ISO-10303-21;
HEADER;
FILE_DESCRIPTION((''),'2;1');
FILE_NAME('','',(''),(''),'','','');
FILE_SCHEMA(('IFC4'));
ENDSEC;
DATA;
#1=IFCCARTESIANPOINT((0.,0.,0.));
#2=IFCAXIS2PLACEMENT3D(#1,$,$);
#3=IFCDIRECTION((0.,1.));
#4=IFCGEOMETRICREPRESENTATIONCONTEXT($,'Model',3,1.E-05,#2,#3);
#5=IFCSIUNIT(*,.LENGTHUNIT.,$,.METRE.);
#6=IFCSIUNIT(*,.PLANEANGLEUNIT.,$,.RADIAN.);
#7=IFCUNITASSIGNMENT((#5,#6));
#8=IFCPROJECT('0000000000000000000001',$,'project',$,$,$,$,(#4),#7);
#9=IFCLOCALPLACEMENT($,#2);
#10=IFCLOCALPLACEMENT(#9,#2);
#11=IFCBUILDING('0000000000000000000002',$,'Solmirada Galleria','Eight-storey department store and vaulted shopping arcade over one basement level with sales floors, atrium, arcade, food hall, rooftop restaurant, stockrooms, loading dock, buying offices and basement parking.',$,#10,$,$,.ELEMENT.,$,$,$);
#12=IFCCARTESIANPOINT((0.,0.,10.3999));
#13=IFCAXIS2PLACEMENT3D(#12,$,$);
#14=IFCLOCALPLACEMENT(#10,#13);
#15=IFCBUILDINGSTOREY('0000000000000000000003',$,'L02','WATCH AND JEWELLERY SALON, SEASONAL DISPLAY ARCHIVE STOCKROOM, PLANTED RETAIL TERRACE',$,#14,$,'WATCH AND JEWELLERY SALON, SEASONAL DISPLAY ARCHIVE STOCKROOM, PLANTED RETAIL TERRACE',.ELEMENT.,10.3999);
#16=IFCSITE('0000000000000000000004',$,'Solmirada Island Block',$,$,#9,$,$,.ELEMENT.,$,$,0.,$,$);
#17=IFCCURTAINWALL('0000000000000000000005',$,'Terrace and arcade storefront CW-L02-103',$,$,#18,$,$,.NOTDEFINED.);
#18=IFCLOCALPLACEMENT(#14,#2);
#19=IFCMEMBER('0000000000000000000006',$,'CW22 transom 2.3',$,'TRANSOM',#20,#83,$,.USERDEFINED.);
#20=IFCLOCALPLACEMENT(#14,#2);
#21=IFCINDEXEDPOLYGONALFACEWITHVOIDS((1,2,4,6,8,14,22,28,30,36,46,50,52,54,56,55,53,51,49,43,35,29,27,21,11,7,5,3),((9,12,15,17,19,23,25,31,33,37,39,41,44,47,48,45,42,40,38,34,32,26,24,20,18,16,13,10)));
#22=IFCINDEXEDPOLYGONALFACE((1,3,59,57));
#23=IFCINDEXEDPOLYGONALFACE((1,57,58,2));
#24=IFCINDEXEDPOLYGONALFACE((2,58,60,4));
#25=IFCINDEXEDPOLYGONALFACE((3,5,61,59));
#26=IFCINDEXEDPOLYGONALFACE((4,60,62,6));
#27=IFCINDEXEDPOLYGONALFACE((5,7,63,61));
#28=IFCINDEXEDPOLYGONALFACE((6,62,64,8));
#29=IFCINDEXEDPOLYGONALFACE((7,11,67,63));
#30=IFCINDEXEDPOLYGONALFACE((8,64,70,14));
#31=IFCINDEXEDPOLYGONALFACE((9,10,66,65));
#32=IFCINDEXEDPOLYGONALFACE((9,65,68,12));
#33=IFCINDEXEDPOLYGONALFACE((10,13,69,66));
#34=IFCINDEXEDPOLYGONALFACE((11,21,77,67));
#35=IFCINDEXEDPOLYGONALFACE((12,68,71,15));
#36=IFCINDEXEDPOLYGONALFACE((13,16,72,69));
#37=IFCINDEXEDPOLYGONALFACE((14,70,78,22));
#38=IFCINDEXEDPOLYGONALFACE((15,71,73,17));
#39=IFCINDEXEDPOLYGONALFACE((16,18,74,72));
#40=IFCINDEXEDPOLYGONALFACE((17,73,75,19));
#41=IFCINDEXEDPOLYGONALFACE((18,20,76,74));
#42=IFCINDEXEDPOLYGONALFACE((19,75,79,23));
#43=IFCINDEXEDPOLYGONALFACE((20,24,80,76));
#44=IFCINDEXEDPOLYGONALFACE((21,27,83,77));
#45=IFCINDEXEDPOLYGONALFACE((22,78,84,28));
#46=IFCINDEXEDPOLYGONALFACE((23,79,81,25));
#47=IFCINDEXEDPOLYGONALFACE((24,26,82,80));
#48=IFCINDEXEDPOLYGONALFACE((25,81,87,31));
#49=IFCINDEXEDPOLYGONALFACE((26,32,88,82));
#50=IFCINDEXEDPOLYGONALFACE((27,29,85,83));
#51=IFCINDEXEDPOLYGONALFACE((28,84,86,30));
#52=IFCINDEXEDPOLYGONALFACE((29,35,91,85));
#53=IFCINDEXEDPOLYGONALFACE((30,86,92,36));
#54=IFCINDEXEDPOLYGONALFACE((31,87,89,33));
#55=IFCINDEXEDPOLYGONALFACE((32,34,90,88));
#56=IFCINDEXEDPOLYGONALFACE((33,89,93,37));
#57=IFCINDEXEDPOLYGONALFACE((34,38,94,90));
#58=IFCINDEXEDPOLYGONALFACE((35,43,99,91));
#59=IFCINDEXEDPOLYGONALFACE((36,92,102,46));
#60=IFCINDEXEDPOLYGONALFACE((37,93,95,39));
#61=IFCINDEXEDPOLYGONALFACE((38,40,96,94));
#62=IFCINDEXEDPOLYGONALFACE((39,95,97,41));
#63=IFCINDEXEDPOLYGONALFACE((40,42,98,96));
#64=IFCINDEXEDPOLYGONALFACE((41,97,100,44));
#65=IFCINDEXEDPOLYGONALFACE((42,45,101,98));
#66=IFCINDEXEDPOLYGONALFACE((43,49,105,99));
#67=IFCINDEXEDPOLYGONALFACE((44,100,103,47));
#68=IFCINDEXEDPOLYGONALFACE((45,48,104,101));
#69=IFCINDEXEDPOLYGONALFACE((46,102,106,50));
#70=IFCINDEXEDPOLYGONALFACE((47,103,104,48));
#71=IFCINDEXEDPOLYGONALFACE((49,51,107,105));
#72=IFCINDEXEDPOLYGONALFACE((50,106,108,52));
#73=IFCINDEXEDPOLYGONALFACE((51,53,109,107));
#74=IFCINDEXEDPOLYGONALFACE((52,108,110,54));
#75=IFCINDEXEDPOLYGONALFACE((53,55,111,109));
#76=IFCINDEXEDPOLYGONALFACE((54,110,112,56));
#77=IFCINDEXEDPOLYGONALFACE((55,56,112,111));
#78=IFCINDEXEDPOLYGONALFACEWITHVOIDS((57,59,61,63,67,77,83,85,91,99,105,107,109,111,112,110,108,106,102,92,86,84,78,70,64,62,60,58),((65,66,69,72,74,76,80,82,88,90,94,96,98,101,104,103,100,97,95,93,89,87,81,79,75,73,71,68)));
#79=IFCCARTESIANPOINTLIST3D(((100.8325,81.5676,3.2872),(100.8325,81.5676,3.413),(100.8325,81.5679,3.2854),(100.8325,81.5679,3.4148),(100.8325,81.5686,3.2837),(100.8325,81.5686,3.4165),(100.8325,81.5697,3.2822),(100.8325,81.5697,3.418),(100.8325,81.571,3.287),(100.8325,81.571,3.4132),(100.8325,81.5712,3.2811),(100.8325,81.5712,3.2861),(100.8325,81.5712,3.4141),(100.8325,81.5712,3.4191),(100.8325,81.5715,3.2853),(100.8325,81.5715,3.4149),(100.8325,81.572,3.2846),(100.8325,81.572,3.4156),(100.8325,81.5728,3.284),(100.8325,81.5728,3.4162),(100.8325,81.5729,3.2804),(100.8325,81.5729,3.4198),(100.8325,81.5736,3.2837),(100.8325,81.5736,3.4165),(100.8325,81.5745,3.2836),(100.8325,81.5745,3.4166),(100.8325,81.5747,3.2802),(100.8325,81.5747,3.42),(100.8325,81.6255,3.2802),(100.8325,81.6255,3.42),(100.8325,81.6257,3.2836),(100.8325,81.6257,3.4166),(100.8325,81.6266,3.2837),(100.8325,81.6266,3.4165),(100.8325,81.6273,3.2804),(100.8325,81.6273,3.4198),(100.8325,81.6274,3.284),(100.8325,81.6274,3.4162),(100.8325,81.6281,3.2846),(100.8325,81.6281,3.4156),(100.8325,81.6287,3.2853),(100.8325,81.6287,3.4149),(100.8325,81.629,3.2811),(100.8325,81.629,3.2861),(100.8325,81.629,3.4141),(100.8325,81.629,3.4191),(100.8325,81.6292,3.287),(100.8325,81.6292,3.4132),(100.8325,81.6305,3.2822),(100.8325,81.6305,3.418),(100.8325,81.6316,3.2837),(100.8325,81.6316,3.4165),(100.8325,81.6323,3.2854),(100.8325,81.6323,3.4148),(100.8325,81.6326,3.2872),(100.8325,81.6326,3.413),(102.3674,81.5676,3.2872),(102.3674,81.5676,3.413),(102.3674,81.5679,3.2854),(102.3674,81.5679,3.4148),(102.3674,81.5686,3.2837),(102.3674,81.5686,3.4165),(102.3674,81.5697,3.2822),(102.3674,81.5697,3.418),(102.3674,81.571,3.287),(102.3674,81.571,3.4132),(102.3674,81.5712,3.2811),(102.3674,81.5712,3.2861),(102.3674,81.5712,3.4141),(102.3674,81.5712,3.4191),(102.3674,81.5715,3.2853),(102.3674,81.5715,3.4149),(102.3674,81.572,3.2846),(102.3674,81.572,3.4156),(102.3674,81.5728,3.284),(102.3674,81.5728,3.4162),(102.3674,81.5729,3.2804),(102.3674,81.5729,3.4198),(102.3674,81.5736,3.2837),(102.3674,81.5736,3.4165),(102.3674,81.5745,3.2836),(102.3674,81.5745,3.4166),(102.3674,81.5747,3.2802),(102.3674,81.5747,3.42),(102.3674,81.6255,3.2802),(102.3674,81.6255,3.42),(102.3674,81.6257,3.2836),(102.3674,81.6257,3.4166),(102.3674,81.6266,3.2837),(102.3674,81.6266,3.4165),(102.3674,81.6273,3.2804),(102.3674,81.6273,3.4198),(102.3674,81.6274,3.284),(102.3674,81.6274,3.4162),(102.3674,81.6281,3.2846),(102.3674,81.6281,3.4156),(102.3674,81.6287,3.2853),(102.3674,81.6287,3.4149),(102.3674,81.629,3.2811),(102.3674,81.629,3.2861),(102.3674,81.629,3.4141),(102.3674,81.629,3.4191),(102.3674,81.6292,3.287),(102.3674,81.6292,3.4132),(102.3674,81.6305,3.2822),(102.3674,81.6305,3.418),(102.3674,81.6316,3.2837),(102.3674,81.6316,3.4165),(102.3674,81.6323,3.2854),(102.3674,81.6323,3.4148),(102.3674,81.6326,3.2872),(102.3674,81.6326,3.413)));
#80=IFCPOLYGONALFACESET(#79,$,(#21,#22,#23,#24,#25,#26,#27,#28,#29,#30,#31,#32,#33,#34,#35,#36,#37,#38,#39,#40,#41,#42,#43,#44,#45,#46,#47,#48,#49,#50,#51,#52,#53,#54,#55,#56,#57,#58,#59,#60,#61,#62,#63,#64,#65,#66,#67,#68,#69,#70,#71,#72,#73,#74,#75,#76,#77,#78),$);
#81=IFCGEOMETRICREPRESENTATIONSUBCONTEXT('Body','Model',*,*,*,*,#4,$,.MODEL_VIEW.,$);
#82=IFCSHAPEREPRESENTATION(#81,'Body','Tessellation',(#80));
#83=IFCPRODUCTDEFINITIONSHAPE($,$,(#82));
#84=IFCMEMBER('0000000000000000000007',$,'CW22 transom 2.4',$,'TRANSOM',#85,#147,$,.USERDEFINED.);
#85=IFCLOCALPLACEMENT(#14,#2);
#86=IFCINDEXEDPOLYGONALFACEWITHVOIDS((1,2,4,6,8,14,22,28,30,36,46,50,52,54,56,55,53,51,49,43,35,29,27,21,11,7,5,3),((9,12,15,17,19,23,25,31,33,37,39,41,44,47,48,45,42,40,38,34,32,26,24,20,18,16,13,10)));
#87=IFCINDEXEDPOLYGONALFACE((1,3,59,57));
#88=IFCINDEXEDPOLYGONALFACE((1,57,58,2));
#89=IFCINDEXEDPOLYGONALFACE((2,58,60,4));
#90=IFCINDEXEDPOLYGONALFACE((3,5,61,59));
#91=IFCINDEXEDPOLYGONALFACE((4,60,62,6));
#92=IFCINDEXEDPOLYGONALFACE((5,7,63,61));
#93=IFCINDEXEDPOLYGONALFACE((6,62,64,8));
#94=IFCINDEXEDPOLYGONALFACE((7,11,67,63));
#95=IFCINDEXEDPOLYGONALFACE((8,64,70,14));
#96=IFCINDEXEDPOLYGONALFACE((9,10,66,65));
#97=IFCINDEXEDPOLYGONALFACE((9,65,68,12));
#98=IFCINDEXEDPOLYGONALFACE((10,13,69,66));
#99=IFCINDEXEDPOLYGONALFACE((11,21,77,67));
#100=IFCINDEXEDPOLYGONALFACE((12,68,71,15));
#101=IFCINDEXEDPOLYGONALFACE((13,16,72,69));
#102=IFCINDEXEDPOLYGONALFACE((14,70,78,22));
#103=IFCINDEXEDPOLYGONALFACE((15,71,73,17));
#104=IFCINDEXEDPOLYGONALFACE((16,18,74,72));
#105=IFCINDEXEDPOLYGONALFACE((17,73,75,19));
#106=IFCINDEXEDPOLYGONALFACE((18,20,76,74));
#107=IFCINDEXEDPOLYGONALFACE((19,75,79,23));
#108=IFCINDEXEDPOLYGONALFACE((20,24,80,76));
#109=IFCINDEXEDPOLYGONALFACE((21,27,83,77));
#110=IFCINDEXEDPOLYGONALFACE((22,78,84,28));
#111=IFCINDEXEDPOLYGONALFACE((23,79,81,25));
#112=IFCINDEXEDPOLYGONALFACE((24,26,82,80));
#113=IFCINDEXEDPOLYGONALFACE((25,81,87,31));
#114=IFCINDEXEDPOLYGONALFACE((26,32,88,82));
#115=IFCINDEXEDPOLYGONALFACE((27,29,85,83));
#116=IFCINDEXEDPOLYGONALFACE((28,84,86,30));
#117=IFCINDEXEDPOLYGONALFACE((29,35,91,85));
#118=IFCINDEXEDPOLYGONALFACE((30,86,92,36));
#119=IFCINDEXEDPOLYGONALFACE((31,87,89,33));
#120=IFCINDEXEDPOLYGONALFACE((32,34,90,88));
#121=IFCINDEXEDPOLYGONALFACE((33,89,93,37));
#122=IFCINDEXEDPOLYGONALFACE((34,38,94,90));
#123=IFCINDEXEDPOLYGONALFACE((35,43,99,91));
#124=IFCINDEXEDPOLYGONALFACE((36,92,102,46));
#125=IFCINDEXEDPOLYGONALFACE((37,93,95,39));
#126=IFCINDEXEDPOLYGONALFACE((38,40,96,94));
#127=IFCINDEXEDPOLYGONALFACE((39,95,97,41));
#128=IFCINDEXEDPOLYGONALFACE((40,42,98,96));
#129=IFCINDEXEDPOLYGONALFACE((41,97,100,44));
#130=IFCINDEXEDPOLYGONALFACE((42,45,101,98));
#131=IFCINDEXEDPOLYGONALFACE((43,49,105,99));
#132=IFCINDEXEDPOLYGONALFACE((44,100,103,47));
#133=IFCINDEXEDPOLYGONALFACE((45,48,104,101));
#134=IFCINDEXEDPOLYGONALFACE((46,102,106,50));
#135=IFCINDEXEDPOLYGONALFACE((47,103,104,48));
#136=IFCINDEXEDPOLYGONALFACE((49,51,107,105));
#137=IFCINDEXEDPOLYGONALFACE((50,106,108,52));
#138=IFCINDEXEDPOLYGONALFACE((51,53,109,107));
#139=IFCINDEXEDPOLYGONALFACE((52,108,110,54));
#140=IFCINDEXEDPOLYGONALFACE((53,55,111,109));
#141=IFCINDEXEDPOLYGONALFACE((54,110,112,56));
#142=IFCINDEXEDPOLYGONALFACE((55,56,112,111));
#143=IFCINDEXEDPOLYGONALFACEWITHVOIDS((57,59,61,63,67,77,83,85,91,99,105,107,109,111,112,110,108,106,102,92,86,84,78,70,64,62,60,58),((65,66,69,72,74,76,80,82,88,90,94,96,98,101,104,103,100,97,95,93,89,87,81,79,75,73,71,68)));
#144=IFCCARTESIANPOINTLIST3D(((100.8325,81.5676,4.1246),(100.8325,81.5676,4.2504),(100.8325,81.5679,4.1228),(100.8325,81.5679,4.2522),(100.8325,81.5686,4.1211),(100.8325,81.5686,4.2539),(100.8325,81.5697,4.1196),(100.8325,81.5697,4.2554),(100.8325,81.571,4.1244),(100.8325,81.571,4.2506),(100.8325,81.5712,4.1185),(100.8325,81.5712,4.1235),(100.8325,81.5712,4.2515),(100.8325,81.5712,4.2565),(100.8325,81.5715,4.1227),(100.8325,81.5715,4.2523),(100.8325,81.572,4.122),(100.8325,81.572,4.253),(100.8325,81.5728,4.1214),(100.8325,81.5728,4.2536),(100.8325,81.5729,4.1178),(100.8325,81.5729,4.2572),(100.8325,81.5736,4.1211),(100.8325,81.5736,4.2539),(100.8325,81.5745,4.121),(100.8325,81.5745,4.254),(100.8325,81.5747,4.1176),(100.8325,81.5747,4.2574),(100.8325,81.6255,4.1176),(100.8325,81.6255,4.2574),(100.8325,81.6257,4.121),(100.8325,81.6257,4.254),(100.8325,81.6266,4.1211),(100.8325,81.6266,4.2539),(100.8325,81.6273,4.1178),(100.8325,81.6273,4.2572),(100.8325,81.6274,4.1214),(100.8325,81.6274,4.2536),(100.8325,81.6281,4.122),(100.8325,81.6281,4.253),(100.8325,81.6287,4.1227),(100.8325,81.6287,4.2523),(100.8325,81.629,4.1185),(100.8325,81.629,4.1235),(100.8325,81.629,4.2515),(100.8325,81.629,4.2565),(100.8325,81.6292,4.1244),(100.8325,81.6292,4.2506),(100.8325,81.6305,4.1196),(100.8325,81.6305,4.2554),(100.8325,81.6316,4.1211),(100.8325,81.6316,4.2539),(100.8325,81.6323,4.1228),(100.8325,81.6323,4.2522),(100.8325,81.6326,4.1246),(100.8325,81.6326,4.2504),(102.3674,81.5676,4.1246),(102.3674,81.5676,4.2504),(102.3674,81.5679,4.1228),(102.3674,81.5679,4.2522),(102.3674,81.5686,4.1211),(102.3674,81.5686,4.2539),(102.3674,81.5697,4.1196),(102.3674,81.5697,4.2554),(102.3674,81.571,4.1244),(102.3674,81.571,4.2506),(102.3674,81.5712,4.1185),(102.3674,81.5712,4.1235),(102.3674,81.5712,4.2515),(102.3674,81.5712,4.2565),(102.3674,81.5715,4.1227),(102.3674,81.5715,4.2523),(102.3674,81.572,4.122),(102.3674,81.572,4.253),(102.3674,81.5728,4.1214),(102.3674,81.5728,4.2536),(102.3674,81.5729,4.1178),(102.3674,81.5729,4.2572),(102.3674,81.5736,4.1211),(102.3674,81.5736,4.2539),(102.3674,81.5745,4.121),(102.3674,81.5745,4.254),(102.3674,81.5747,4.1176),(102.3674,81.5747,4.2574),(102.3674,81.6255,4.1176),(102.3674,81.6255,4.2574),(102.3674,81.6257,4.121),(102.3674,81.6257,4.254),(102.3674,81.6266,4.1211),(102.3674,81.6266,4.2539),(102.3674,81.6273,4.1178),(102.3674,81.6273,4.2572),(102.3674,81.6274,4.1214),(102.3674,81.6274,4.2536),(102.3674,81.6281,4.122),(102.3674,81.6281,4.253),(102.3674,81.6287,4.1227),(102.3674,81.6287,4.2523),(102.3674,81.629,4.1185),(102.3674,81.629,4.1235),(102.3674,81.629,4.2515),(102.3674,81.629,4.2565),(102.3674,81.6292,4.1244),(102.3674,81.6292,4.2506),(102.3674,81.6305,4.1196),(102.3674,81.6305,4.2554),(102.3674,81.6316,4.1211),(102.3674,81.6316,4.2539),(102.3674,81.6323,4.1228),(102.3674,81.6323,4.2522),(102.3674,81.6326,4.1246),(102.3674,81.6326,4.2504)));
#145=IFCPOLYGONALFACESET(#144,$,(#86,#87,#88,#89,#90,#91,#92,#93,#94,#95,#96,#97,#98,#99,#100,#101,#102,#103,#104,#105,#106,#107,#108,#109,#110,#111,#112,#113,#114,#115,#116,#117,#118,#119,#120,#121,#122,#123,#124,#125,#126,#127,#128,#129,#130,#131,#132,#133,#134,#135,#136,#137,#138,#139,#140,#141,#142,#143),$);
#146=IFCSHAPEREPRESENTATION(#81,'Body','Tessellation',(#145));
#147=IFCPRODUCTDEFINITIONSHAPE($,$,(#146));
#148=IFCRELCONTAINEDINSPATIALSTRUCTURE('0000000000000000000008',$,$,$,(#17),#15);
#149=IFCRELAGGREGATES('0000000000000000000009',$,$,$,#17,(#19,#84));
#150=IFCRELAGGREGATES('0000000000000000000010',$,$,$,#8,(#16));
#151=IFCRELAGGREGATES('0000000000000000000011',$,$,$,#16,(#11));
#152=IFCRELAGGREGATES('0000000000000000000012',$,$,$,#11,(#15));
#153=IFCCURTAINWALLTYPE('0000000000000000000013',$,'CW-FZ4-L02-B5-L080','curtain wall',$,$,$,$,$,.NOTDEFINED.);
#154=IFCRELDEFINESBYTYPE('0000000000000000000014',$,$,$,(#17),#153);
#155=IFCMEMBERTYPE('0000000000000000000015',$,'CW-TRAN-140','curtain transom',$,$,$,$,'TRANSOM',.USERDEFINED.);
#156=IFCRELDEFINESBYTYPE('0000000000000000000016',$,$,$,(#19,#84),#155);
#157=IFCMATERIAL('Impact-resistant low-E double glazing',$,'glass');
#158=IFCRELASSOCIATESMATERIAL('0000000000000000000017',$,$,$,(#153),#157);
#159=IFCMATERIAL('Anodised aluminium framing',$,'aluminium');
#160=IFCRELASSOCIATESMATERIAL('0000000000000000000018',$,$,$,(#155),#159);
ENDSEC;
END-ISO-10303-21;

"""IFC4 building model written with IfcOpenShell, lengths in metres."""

from ifc_helpers import new_model, si_unit, direction, frame, origin, origin_2d, place, context, subcontext, project, spatial, hollow_rectangle, extrude, material, material_profile, profile_set, type_object, element, aggregate, save


model = new_model("IFC4")

# Units and contexts
model_context = context("Model", 3, precision=1e-05, world=origin(), true_north=direction((0.0, 1.0)))
body_context = subcontext(model_context, "Body", "Model", "MODEL_VIEW")
ifc_project = project(units=[si_unit("LENGTHUNIT", "METRE"), si_unit("PLANEANGLEUNIT", "RADIAN")], contexts=[model_context])

# Site, building, storey
site_placement = place(None, origin())
site = spatial("IfcSite", under=ifc_project, at=site_placement, Name="Solmirada Island Block", CompositionType="ELEMENT", RefElevation=0.0)
building_placement = place(site_placement, origin())
building = spatial("IfcBuilding", under=site, at=building_placement, Name="Solmirada Galleria", Description="Eight-storey department store and vaulted shopping arcade over one basement level with sales floors, atrium, arcade, food hall, rooftop restaurant, stockrooms, loading dock, buying offices and basement parking.", CompositionType="ELEMENT")
storey_placement = place(building_placement, frame((0.0, 0.0, 10.3999)))
storey = spatial("IfcBuildingStorey", under=building, at=storey_placement, Name="L02", Description="WATCH AND JEWELLERY SALON, SEASONAL DISPLAY ARCHIVE STOCKROOM, PLANTED RETAIL TERRACE", LongName="WATCH AND JEWELLERY SALON, SEASONAL DISPLAY ARCHIVE STOCKROOM, PLANTED RETAIL TERRACE", CompositionType="ELEMENT", Elevation=10.3999)

# Curtain wall, members
ifc_material_1 = material(Name="Impact-resistant low-E double glazing", Category="glass")
curtain_wall_type = type_object("IfcCurtainWallType", Name="CW-FZ4-L02-B5-L080", Description="curtain wall", PredefinedType="NOTDEFINED", material=ifc_material_1)
curtain_wall_placement = place(storey_placement, origin())
curtain_wall = element("IfcCurtainWall", 1, at=curtain_wall_placement, inside=storey, type_object=curtain_wall_type, Name="Terrace and arcade storefront CW-L02-103", PredefinedType="NOTDEFINED")
ifc_material_2 = material(Name="Anodised aluminium framing", Category="aluminium")
ifc_material_profile_1 = material_profile(ifc_material_2, hollow_rectangle(XDim=0.0649, YDim=0.1399, WallThickness=0.0034, InnerFilletRadius=0.0034, OuterFilletRadius=0.0071, at=origin_2d()), Name="ALU-TRAN-140X65")
ifc_profile_set_1 = profile_set([ifc_material_profile_1], Name="Anodised aluminium framing")
member_type_1 = type_object("IfcMemberType", Name="CW-TRAN-140", Description="curtain transom", ElementType="TRANSOM", PredefinedType="USERDEFINED", material=ifc_profile_set_1)
member_1_placement = place(storey_placement, frame((102.3674, 81.6001, 3.3501), z_axis=(-1.0, 0.0, 0.0), x_axis=(0.0, -1.0, 0.0)))
member_1 = element("IfcMember", 2, at=member_1_placement, type_object=member_type_1, Name="CW22 transom 2.3", ObjectType="TRANSOM", PredefinedType="USERDEFINED", context=body_context, shape_type="SweptSolid", body=[
    extrude(hollow_rectangle(XDim=0.0649, YDim=0.1399, WallThickness=0.0034, InnerFilletRadius=0.0034, OuterFilletRadius=0.0071, at=origin_2d()), origin(), (0.0, 0.0, 1.0), 1.5349),
])
member_2_placement = place(storey_placement, frame((102.3674, 81.6001, 4.1875), z_axis=(-1.0, 0.0, 0.0), x_axis=(0.0, -1.0, 0.0)))
member_2 = element("IfcMember", 3, at=member_2_placement, type_object=member_type_1, Name="CW22 transom 2.4", ObjectType="TRANSOM", PredefinedType="USERDEFINED", context=body_context, shape_type="SweptSolid", body=[
    extrude(hollow_rectangle(XDim=0.0649, YDim=0.1399, WallThickness=0.0034, InnerFilletRadius=0.0034, OuterFilletRadius=0.0071, at=origin_2d()), origin(), (0.0, 0.0, 1.0), 1.5349),
])
aggregate(curtain_wall, [member_1, member_2])

save(model, "model.ifc")
